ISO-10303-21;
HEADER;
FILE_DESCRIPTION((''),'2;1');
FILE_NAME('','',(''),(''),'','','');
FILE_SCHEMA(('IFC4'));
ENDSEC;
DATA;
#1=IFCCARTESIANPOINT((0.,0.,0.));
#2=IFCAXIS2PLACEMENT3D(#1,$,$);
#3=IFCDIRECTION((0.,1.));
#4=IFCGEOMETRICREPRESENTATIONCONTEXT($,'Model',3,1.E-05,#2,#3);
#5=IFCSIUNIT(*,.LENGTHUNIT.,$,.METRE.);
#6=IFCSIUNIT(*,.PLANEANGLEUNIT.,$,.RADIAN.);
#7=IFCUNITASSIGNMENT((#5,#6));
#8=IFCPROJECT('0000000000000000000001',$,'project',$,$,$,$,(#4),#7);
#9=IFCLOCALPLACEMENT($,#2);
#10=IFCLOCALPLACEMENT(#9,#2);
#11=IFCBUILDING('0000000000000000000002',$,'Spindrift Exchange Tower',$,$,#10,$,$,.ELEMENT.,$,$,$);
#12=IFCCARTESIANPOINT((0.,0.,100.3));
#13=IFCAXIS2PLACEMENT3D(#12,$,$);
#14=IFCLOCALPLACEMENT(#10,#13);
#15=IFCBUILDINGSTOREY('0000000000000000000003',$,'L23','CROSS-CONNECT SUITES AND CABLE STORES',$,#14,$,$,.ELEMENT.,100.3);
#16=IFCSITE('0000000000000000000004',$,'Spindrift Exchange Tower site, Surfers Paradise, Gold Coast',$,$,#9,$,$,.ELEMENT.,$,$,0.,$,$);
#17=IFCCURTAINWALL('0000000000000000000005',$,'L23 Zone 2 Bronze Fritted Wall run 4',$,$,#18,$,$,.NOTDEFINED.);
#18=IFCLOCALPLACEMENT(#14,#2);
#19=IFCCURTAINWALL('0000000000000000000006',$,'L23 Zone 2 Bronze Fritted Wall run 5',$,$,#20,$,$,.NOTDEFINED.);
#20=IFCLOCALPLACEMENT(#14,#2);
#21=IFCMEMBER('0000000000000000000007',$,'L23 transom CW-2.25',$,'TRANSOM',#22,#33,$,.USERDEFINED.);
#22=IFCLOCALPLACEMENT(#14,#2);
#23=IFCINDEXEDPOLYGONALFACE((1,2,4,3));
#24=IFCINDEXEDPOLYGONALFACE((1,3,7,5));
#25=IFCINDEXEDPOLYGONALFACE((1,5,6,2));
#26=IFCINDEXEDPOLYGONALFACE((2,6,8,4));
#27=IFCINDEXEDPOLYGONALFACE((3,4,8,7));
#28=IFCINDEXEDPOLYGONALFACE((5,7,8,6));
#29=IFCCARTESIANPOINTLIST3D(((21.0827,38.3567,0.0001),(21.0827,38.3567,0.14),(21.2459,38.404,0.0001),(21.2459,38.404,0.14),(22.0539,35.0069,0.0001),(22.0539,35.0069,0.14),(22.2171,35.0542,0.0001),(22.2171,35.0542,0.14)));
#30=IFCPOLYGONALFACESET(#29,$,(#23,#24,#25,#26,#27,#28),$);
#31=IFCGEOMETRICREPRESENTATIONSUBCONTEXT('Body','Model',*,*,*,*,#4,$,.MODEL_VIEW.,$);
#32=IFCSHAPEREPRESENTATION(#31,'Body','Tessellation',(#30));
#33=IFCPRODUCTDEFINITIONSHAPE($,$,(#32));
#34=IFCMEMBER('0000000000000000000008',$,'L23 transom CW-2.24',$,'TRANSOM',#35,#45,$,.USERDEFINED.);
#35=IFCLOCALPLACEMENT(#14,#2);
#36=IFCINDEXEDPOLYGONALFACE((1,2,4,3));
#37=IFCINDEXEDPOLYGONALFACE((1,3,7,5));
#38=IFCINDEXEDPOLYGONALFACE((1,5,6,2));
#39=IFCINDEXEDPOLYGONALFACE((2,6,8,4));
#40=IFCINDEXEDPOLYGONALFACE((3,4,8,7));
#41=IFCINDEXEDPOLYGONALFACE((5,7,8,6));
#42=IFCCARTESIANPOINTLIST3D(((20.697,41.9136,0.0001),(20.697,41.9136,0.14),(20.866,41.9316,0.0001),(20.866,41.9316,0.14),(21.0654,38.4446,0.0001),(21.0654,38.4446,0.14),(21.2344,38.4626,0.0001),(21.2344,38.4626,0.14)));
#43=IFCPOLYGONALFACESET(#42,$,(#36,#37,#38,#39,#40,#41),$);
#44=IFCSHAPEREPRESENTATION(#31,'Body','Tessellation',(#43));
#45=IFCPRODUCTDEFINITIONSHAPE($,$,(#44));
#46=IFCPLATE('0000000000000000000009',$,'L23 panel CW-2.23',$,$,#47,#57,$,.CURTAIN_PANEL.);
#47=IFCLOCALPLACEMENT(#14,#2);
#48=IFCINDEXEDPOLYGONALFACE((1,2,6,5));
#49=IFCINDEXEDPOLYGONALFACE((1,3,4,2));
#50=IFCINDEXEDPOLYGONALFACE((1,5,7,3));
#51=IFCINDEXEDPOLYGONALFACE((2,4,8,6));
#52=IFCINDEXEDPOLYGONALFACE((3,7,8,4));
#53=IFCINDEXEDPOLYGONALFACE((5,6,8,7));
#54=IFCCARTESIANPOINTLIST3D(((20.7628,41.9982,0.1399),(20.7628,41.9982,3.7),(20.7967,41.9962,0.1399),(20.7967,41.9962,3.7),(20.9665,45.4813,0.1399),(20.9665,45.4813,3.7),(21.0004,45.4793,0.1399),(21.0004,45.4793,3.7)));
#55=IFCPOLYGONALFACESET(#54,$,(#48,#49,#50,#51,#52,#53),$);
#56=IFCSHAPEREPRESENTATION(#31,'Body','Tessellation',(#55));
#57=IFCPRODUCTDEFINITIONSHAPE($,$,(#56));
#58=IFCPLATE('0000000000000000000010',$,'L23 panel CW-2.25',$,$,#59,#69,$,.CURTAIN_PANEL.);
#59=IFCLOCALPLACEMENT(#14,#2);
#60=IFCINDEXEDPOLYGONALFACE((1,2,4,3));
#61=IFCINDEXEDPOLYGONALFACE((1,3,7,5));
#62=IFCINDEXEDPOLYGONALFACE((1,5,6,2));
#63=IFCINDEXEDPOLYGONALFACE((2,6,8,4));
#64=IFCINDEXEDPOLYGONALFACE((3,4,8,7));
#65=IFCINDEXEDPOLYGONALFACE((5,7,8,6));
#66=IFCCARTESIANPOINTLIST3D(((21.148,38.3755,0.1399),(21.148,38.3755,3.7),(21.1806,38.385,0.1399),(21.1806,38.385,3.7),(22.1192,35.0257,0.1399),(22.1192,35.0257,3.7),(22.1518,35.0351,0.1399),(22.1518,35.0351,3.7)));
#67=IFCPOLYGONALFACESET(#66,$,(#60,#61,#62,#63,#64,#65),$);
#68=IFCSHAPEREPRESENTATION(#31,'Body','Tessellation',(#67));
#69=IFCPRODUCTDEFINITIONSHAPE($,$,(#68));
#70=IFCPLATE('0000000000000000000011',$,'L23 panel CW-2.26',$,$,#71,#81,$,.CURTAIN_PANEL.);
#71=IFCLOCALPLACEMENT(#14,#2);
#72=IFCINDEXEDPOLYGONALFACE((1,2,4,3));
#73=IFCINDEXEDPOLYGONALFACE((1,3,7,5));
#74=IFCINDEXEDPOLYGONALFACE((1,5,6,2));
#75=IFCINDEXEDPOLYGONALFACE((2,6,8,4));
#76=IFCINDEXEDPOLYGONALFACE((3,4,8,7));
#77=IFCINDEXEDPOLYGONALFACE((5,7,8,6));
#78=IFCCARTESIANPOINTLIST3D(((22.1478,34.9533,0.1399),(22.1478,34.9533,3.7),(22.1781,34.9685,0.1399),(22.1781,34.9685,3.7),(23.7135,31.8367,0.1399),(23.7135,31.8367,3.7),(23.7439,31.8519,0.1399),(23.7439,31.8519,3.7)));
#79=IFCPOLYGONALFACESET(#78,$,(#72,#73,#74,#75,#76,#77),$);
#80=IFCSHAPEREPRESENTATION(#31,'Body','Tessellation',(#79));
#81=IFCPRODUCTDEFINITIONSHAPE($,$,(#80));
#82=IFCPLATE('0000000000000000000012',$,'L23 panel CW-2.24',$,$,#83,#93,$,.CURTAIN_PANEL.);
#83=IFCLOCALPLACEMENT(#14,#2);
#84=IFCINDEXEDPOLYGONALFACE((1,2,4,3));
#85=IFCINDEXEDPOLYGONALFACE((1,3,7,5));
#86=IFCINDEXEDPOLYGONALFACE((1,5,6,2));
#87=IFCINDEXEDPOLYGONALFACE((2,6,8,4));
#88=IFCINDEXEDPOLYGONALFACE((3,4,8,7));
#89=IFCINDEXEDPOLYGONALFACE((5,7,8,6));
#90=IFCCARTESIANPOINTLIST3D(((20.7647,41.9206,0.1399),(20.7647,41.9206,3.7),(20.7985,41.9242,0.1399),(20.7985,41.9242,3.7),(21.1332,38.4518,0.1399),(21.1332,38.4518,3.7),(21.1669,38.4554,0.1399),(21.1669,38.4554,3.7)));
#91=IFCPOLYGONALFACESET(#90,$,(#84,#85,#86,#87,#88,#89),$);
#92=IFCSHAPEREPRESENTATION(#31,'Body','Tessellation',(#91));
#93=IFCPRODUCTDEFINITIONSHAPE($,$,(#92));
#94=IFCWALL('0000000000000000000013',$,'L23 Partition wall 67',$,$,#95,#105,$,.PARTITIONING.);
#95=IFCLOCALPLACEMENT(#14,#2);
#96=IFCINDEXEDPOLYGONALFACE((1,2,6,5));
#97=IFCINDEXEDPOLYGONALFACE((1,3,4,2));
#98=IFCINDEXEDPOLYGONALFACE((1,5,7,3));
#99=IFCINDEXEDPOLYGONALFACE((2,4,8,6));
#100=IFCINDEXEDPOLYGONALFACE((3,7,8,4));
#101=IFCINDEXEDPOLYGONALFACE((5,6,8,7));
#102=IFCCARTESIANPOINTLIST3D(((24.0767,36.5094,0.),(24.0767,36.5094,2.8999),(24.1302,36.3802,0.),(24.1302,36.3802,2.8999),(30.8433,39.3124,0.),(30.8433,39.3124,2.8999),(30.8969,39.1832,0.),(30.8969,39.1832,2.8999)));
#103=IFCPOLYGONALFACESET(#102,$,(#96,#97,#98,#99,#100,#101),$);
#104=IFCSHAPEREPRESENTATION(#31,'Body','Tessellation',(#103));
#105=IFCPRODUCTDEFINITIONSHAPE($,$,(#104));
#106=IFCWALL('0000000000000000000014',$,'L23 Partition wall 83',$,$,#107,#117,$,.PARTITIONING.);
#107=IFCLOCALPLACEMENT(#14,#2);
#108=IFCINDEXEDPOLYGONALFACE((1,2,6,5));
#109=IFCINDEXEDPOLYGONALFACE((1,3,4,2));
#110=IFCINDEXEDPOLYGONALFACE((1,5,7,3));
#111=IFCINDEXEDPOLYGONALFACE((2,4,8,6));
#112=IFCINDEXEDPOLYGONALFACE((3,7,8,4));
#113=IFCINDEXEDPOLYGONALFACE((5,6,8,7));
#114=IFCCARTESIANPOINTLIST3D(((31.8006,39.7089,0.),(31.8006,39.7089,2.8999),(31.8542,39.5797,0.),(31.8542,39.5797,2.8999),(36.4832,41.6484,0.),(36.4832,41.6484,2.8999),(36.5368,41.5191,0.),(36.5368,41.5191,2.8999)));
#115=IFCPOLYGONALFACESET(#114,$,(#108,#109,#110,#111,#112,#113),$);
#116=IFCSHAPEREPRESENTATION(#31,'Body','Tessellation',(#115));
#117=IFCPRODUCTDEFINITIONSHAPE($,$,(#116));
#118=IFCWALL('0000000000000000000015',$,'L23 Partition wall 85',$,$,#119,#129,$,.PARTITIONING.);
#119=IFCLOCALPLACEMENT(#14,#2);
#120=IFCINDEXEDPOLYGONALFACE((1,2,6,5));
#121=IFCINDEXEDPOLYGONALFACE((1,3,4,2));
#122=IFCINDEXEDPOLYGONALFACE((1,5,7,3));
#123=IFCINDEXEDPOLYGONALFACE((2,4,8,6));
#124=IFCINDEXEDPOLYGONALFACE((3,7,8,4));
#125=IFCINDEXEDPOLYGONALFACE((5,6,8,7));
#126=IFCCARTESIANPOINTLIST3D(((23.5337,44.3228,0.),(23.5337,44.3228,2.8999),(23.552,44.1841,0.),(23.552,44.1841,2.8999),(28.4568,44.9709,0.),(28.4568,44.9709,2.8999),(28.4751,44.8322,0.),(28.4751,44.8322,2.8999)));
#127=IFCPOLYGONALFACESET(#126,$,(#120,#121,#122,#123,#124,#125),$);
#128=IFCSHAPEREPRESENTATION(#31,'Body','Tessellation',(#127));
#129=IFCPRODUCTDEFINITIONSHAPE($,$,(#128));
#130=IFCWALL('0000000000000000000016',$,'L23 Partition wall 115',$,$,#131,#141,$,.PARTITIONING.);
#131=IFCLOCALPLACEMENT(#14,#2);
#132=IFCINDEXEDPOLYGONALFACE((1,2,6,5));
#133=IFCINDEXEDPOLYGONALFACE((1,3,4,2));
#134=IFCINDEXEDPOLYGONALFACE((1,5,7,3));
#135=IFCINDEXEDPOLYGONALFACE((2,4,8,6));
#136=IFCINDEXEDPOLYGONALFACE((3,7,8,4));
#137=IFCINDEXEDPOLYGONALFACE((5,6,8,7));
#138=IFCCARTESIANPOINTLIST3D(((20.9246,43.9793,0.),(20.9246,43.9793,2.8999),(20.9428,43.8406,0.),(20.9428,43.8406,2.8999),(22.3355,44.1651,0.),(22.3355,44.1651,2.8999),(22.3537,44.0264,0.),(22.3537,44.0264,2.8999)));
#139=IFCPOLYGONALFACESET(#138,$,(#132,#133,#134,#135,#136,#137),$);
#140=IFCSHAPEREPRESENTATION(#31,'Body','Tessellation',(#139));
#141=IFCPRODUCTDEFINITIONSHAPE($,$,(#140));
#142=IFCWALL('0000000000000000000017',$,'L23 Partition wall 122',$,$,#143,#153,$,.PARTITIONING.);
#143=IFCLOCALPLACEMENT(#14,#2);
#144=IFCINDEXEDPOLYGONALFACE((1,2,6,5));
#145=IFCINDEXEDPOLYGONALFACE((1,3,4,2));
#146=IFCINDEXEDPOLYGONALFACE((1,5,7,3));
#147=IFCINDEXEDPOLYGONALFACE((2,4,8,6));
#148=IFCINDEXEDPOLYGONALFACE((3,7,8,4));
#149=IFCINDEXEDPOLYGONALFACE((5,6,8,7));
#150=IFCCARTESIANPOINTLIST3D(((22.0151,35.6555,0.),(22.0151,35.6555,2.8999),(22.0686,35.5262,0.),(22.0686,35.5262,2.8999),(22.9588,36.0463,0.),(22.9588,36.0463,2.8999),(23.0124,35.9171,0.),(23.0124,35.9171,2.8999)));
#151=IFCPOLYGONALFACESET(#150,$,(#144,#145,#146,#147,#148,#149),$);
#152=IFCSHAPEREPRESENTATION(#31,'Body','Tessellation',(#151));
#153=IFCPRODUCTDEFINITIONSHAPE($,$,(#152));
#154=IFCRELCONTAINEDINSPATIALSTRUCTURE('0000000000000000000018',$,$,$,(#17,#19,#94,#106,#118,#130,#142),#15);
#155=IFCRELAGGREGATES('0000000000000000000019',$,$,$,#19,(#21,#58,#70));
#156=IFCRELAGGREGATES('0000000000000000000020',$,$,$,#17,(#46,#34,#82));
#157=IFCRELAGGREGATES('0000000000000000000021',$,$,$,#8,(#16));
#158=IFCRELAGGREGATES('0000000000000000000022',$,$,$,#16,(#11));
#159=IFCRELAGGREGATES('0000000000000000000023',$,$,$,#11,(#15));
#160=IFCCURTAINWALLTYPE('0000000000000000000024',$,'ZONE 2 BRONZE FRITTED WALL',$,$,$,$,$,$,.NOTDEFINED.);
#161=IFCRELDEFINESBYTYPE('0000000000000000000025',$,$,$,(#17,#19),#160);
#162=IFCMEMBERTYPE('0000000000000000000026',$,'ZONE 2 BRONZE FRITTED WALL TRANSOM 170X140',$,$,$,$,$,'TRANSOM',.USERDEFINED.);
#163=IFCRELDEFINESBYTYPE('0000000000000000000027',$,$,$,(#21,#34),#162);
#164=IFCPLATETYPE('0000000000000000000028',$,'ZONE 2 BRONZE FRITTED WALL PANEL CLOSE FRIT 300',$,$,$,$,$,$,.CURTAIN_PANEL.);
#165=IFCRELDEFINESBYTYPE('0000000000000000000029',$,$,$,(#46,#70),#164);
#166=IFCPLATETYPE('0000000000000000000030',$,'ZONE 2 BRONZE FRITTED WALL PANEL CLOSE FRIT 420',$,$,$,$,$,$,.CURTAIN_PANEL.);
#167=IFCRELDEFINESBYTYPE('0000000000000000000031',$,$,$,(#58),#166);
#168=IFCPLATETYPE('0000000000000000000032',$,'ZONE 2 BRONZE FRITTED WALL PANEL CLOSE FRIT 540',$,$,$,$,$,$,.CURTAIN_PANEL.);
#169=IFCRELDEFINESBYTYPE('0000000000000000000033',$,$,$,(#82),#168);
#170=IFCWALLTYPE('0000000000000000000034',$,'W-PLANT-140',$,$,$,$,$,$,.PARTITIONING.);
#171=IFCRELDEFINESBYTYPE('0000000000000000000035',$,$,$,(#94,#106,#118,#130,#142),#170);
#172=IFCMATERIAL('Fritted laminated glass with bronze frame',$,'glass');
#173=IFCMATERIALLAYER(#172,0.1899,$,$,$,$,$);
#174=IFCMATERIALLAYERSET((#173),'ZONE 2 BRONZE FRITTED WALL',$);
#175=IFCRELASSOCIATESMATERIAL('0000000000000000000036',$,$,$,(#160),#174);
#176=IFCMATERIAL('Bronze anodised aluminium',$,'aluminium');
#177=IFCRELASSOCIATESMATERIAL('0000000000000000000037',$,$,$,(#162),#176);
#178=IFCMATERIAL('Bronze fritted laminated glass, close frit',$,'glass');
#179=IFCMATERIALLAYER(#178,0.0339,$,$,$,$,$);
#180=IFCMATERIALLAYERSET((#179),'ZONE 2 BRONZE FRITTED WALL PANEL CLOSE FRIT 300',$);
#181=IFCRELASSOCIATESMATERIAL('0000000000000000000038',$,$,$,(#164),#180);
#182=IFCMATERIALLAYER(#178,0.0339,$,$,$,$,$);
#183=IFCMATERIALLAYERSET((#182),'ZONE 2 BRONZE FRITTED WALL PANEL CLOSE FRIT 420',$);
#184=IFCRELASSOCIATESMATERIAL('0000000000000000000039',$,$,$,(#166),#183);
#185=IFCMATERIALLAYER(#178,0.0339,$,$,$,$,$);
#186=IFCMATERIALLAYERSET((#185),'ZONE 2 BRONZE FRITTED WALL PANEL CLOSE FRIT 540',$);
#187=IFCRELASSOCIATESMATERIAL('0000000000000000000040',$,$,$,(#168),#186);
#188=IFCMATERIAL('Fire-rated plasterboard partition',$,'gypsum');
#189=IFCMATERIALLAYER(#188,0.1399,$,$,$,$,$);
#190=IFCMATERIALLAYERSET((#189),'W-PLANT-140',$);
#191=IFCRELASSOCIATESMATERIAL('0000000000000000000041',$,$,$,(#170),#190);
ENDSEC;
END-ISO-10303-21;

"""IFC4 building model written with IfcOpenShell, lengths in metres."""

from ifc_helpers import new_model, si_unit, direction, frame, frame_2d, origin, origin_2d, place, context, subcontext, project, spatial, rectangle, extrude, source, transform, mapped, material, layer, layer_set, material_profile, profile_set, type_object, element, aggregate, save


model = new_model("IFC4")

# Units and contexts
model_context = context("Model", 3, precision=1e-05, world=origin(), true_north=direction((0.0, 1.0)))
body_context = subcontext(model_context, "Body", "Model", "MODEL_VIEW")
ifc_project = project(units=[si_unit("LENGTHUNIT", "METRE"), si_unit("PLANEANGLEUNIT", "RADIAN")], contexts=[model_context])

# Site, building, storey
site_placement = place(None, origin())
site = spatial("IfcSite", under=ifc_project, at=site_placement, Name="Spindrift Exchange Tower site, Surfers Paradise, Gold Coast", CompositionType="ELEMENT", RefElevation=0.0)
building_placement = place(site_placement, origin())
building = spatial("IfcBuilding", under=site, at=building_placement, Name="Spindrift Exchange Tower", CompositionType="ELEMENT")
storey_placement = place(building_placement, frame((0.0, 0.0, 100.3)))
storey = spatial("IfcBuildingStorey", under=building, at=storey_placement, Name="L23", Description="CROSS-CONNECT SUITES AND CABLE STORES", CompositionType="ELEMENT", Elevation=100.3)

# Curtain walls
ifc_material_1 = material(Name="Fritted laminated glass with bronze frame", Category="glass")
ifc_layer_1 = layer(ifc_material_1, 0.1899)
ifc_layer_set_1 = layer_set([ifc_layer_1], Name="ZONE 2 BRONZE FRITTED WALL")
curtain_wall_type = type_object("IfcCurtainWallType", Name="ZONE 2 BRONZE FRITTED WALL", PredefinedType="NOTDEFINED", material=ifc_layer_set_1)
curtain_wall_1_placement = place(storey_placement, origin())
curtain_wall_1 = element("IfcCurtainWall", 1, at=curtain_wall_1_placement, inside=storey, type_object=curtain_wall_type, Name="L23 Zone 2 Bronze Fritted Wall run 4", PredefinedType="NOTDEFINED")
ifc_material_2 = material(Name="Bronze anodised aluminium", Category="aluminium")
curtain_wall_2_placement = place(storey_placement, origin())
curtain_wall_2 = element("IfcCurtainWall", 2, at=curtain_wall_2_placement, inside=storey, type_object=curtain_wall_type, Name="L23 Zone 2 Bronze Fritted Wall run 5", PredefinedType="NOTDEFINED")

# Members
ifc_material_profile_1 = material_profile(ifc_material_2, rectangle(XDim=0.1699, YDim=0.1399, at=origin_2d()), Name="ZONE 2 BRONZE FRITTED WALL TRANSOM 170X140")
ifc_profile_set_1 = profile_set([ifc_material_profile_1], Name="Bronze anodised aluminium")
member_type_1 = type_object("IfcMemberType", Name="ZONE 2 BRONZE FRITTED WALL TRANSOM 170X140", ElementType="TRANSOM", PredefinedType="USERDEFINED", material=ifc_profile_set_1)
shared_shape_1 = source(origin(), body_context, "Body", "SweptSolid", [
    extrude(rectangle(XDim=0.1699, YDim=0.1399, at=origin_2d()), origin(), (0.0, 0.0, 1.0), 3.4878),
])
member_1_placement = place(storey_placement, frame((21.1643, 38.3804, 0.0701), z_axis=(0.278454, -0.96045, 0.0), x_axis=(0.96045, 0.278454, 0.0)))
member_1 = element("IfcMember", 3, at=member_1_placement, type_object=member_type_1, Name="L23 transom CW-2.25", ObjectType="TRANSOM", PredefinedType="USERDEFINED", context=body_context, shape_type="MappedRepresentation", body=[
    mapped(shared_shape_1, transform((0.0, 0.0, 0.0), scale=1.0)),
])
shared_shape_2 = source(origin(), body_context, "Body", "SweptSolid", [
    extrude(rectangle(XDim=0.1699, YDim=0.1399, at=origin_2d()), origin(), (0.0, 0.0, 1.0), 3.4885),
])
member_2_placement = place(storey_placement, frame((20.7815, 41.9226, 0.0701), z_axis=(0.105606, -0.994408, 0.0), x_axis=(0.994408, 0.105606, 0.0)))
member_2 = element("IfcMember", 4, at=member_2_placement, type_object=member_type_1, Name="L23 transom CW-2.24", ObjectType="TRANSOM", PredefinedType="USERDEFINED", context=body_context, shape_type="MappedRepresentation", body=[
    mapped(shared_shape_2, transform((0.0, 0.0, 0.0), scale=1.0)),
])

# Plates
ifc_material_3 = material(Name="Bronze fritted laminated glass, close frit", Category="glass")
ifc_layer_2 = layer(ifc_material_3, 0.0339)
ifc_layer_set_2 = layer_set([ifc_layer_2], Name="ZONE 2 BRONZE FRITTED WALL PANEL CLOSE FRIT 300")
plate_type_1 = type_object("IfcPlateType", Name="ZONE 2 BRONZE FRITTED WALL PANEL CLOSE FRIT 300", PredefinedType="CURTAIN_PANEL", material=ifc_layer_set_2)
shared_shape_3 = source(origin(), body_context, "Body", "SweptSolid", [
    extrude(rectangle(XDim=3.489, YDim=0.0339, at=origin_2d()), origin(), (0.0, 0.0, 1.0), 3.5601),
])
plate_1_placement = place(storey_placement, frame((20.8816, 43.7388, 0.1399), z_axis=(0.0, 0.0, 1.0), x_axis=(-0.058388, -0.998294, 0.0)))
plate_1 = element("IfcPlate", 5, at=plate_1_placement, type_object=plate_type_1, Name="L23 panel CW-2.23", PredefinedType="CURTAIN_PANEL", context=body_context, shape_type="MappedRepresentation", body=[
    mapped(shared_shape_3, transform((0.0, 0.0, 0.0), scale=1.0)),
])
ifc_layer_3 = layer(ifc_material_3, 0.0339)
ifc_layer_set_3 = layer_set([ifc_layer_3], Name="ZONE 2 BRONZE FRITTED WALL PANEL CLOSE FRIT 420")
plate_type_2 = type_object("IfcPlateType", Name="ZONE 2 BRONZE FRITTED WALL PANEL CLOSE FRIT 420", PredefinedType="CURTAIN_PANEL", material=ifc_layer_set_3)
shared_shape_4 = source(origin(), body_context, "Body", "SweptSolid", [
    extrude(rectangle(XDim=3.4878, YDim=0.0339, at=origin_2d()), origin(), (0.0, 0.0, 1.0), 3.5601),
])
plate_2_placement = place(storey_placement, frame((21.6499, 36.7053, 0.1399), z_axis=(0.0, 0.0, 1.0), x_axis=(0.27846, -0.960448, 0.0)))
plate_2 = element("IfcPlate", 6, at=plate_2_placement, type_object=plate_type_2, Name="L23 panel CW-2.25", PredefinedType="CURTAIN_PANEL", context=body_context, shape_type="MappedRepresentation", body=[
    mapped(shared_shape_4, transform((0.0, 0.0, 0.0), scale=1.0)),
])
shared_shape_5 = source(origin(), body_context, "Body", "SweptSolid", [
    extrude(rectangle(XDim=3.4878, YDim=0.0339, at=origin_2d()), origin(), (0.0, 0.0, 1.0), 3.5601),
])
plate_3_placement = place(storey_placement, frame((22.9458, 33.4026, 0.1399), z_axis=(0.0, 0.0, 1.0), x_axis=(0.448931, -0.893567, 0.0)))
plate_3 = element("IfcPlate", 7, at=plate_3_placement, type_object=plate_type_1, Name="L23 panel CW-2.26", PredefinedType="CURTAIN_PANEL", context=body_context, shape_type="MappedRepresentation", body=[
    mapped(shared_shape_5, transform((0.0, 0.0, 0.0), scale=1.0)),
])
aggregate(curtain_wall_2, [member_1, plate_2, plate_3])
ifc_layer_4 = layer(ifc_material_3, 0.0339)
ifc_layer_set_4 = layer_set([ifc_layer_4], Name="ZONE 2 BRONZE FRITTED WALL PANEL CLOSE FRIT 540")
plate_type_3 = type_object("IfcPlateType", Name="ZONE 2 BRONZE FRITTED WALL PANEL CLOSE FRIT 540", PredefinedType="CURTAIN_PANEL", material=ifc_layer_set_4)
shared_shape_6 = source(origin(), body_context, "Body", "SweptSolid", [
    extrude(rectangle(XDim=3.4883, YDim=0.0339, at=origin_2d()), origin(), (0.0, 0.0, 1.0), 3.5601),
])
plate_4_placement = place(storey_placement, frame((20.9658, 40.188, 0.1399), z_axis=(0.0, 0.0, 1.0), x_axis=(0.105629, -0.994406, 0.0)))
plate_4 = element("IfcPlate", 8, at=plate_4_placement, type_object=plate_type_3, Name="L23 panel CW-2.24", PredefinedType="CURTAIN_PANEL", context=body_context, shape_type="MappedRepresentation", body=[
    mapped(shared_shape_6, transform((0.0, 0.0, 0.0), scale=1.0)),
])
aggregate(curtain_wall_1, [plate_1, member_2, plate_4])

# Walls
ifc_material_4 = material(Name="Fire-rated plasterboard partition", Category="gypsum")
ifc_layer_5 = layer(ifc_material_4, 0.1399)
ifc_layer_set_5 = layer_set([ifc_layer_5], Name="W-PLANT-140")
wall_type = type_object("IfcWallType", Name="W-PLANT-140", PredefinedType="PARTITIONING", material=ifc_layer_set_5)
wall_1_placement = place(storey_placement, frame((30.8701, 39.2478, 0.0), z_axis=(0.0, 0.0, 1.0), x_axis=(-0.923872, -0.382702, 0.0)))
element("IfcWall", 9, at=wall_1_placement, inside=storey, type_object=wall_type, Name="L23 Partition wall 67", PredefinedType="PARTITIONING", context=body_context, shape_type="SweptSolid", body=[
    extrude(rectangle(XDim=7.3242, YDim=0.1399, at=frame_2d((3.6621, 0.0))), origin(), (0.0, 0.0, 1.0), 2.8999),
])
wall_2_placement = place(storey_placement, frame((36.51, 41.5837, 0.0), z_axis=(0.0, 0.0, 1.0), x_axis=(-0.92389, -0.382658, 0.0)))
element("IfcWall", 10, at=wall_2_placement, inside=storey, type_object=wall_type, Name="L23 Partition wall 83", PredefinedType="PARTITIONING", context=body_context, shape_type="SweptSolid", body=[
    extrude(rectangle(XDim=5.0684, YDim=0.1399, at=frame_2d((2.5342, 0.0))), origin(), (0.0, 0.0, 1.0), 2.8999),
])
wall_3_placement = place(storey_placement, frame((28.4661, 44.9016, 0.0), z_axis=(0.0, 0.0, 1.0), x_axis=(-0.991443, -0.130537, 0.0)))
element("IfcWall", 11, at=wall_3_placement, inside=storey, type_object=wall_type, Name="L23 Partition wall 85", PredefinedType="PARTITIONING", context=body_context, shape_type="SweptSolid", body=[
    extrude(rectangle(XDim=4.9656, YDim=0.1399, at=frame_2d((2.4829, 0.0))), origin(), (0.0, 0.0, 1.0), 2.8999),
])
wall_4_placement = place(storey_placement, frame((22.3445, 44.0957, 0.0), z_axis=(0.0, 0.0, 1.0), x_axis=(-0.991441, -0.130557, 0.0)))
element("IfcWall", 12, at=wall_4_placement, inside=storey, type_object=wall_type, Name="L23 Partition wall 115", PredefinedType="PARTITIONING", context=body_context, shape_type="SweptSolid", body=[
    extrude(rectangle(XDim=1.4231, YDim=0.1399, at=frame_2d((0.7114, 0.0))), origin(), (0.0, 0.0, 1.0), 2.8999),
])
wall_5_placement = place(storey_placement, frame((22.9856, 35.9817, 0.0), z_axis=(0.0, 0.0, 1.0), x_axis=(-0.923909, -0.382612, 0.0)))
element("IfcWall", 13, at=wall_5_placement, inside=storey, type_object=wall_type, Name="L23 Partition wall 122", PredefinedType="PARTITIONING", context=body_context, shape_type="SweptSolid", body=[
    extrude(rectangle(XDim=1.0215, YDim=0.1399, at=frame_2d((0.5107, 0.0))), origin(), (0.0, 0.0, 1.0), 2.8999),
])

save(model, "model.ifc")
